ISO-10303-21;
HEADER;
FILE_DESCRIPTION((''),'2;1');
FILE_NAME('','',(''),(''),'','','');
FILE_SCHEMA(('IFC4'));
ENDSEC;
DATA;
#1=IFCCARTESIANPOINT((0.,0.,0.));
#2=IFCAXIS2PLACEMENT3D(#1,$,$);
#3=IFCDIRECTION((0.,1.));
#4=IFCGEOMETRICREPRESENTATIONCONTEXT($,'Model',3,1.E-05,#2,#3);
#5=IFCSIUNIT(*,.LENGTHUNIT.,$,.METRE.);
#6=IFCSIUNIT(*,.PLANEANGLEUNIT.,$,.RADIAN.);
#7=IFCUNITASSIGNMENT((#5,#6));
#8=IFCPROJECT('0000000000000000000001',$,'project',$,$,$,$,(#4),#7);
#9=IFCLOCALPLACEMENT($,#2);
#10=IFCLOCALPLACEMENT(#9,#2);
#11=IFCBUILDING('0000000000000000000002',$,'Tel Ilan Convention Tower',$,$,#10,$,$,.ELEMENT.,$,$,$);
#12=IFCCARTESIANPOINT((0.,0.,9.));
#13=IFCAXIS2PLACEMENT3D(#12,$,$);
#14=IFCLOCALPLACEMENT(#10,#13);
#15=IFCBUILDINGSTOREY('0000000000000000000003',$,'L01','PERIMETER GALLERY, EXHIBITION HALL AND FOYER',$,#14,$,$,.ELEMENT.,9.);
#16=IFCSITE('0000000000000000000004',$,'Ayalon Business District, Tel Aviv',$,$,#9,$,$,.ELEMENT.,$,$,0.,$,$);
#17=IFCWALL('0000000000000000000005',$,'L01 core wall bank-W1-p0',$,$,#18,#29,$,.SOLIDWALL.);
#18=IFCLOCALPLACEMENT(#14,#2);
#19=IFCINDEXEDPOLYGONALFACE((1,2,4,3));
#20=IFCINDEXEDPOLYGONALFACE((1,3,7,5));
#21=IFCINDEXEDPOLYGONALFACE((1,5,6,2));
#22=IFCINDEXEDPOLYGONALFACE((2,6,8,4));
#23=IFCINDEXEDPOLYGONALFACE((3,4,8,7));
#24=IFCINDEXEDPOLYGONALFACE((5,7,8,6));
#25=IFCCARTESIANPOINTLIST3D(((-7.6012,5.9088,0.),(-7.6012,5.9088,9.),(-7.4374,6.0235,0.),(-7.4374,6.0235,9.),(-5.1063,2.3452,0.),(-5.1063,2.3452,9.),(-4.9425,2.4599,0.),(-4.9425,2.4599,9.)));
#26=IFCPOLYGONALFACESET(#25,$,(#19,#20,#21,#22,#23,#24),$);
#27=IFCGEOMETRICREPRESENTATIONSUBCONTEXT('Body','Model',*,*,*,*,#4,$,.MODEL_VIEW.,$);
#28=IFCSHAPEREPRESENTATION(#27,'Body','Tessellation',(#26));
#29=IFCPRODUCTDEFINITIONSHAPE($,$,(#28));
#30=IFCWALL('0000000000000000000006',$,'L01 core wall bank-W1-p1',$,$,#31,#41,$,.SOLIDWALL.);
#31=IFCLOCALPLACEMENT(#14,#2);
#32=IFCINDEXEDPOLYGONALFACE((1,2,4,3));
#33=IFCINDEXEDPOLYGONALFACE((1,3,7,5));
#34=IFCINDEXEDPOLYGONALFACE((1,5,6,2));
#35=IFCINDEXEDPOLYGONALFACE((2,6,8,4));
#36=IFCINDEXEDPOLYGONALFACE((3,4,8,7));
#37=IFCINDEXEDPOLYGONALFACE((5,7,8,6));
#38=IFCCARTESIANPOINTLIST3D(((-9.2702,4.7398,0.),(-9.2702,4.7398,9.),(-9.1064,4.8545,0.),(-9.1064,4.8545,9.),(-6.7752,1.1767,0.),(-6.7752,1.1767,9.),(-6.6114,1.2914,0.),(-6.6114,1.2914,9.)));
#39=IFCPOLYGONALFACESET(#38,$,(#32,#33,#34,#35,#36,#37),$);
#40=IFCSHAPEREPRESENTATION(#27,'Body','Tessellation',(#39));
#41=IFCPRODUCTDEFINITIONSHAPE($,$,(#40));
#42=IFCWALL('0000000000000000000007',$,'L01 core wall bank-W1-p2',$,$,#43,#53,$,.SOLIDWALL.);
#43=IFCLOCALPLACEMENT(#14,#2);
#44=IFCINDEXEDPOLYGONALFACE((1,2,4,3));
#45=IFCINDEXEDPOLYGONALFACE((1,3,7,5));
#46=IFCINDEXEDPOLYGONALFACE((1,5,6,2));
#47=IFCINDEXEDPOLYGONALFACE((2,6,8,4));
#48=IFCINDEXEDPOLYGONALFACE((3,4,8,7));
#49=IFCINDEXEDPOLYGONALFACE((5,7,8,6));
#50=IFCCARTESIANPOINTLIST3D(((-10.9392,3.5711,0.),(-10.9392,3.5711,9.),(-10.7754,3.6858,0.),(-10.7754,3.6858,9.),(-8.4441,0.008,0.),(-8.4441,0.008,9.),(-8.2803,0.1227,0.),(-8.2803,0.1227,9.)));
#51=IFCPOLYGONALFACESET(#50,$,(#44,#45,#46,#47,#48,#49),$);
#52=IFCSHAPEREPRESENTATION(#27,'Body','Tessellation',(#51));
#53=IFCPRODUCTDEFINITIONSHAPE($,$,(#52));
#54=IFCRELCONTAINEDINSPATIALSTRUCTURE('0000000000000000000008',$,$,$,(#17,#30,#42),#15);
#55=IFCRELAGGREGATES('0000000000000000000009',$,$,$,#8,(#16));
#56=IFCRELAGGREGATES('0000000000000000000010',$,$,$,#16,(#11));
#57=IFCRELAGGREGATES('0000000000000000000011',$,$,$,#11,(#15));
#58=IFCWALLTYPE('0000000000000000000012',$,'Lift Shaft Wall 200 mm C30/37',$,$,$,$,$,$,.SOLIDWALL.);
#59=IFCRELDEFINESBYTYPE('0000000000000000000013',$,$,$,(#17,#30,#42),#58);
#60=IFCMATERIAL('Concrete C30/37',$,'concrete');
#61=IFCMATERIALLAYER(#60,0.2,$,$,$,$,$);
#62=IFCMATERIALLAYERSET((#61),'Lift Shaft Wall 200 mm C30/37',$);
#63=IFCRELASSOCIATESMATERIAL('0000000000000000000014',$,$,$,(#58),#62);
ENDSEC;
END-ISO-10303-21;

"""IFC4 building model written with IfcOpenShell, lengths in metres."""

from ifc_helpers import new_model, si_unit, direction, frame, frame_2d, origin, place, context, subcontext, project, spatial, rectangle, extrude, material, layer, layer_set, type_object, element, save


model = new_model("IFC4")

# Units and contexts
model_context = context("Model", 3, precision=1e-05, world=origin(), true_north=direction((0.0, 1.0)))
body_context = subcontext(model_context, "Body", "Model", "MODEL_VIEW")
ifc_project = project(units=[si_unit("LENGTHUNIT", "METRE"), si_unit("PLANEANGLEUNIT", "RADIAN")], contexts=[model_context])

# Site, building, storey
site_placement = place(None, origin())
site = spatial("IfcSite", under=ifc_project, at=site_placement, Name="Ayalon Business District, Tel Aviv", CompositionType="ELEMENT", RefElevation=0.0)
building_placement = place(site_placement, origin())
building = spatial("IfcBuilding", under=site, at=building_placement, Name="Tel Ilan Convention Tower", CompositionType="ELEMENT")
storey_placement = place(building_placement, frame((0.0, 0.0, 9.0)))
storey = spatial("IfcBuildingStorey", under=building, at=storey_placement, Name="L01", Description="PERIMETER GALLERY, EXHIBITION HALL AND FOYER", CompositionType="ELEMENT", Elevation=9.0)

# Walls
ifc_material_1 = material(Name="Concrete C30/37", Category="concrete")
ifc_layer_1 = layer(ifc_material_1, 0.2)
ifc_layer_set_1 = layer_set([ifc_layer_1], Name="Lift Shaft Wall 200 mm C30/37")
wall_type_1 = type_object("IfcWallType", Name="Lift Shaft Wall 200 mm C30/37", PredefinedType="SOLIDWALL", material=ifc_layer_set_1)
wall_1_placement = place(storey_placement, frame((-5.0244, 2.4026, 0.0), z_axis=(0.0, 0.0, 1.0), x_axis=(-0.57353, 0.819184, 0.0)))
element("IfcWall", 1, at=wall_1_placement, inside=storey, type_object=wall_type_1, Name="L01 core wall bank-W1-p0", PredefinedType="SOLIDWALL", context=body_context, shape_type="SweptSolid", body=[
    extrude(rectangle(XDim=4.3501, YDim=0.2, at=frame_2d((2.175, 0.0))), origin(), (0.0, 0.0, 1.0), 9.0),
])
for number, where, z_axis, x_axis, name in (
    (2, (-6.6934, 1.2341, 0.0), (0.0, 0.0, 1.0), (-0.573594, 0.81914, 0.0), "L01 core wall bank-W1-p1"),
    (3, (-8.3623, 0.0654, 0.0), (0.0, 0.0, 1.0), (-0.573594, 0.81914, 0.0), "L01 core wall bank-W1-p2"),
):
    element("IfcWall", number, at=place(storey_placement, frame(where, z_axis=z_axis, x_axis=x_axis)), inside=storey, type_object=wall_type_1, Name=name, PredefinedType="SOLIDWALL", context=body_context, shape_type="SweptSolid", body=[
        extrude(rectangle(XDim=4.3499, YDim=0.2, at=frame_2d((2.1748, 0.0))), origin(), (0.0, 0.0, 1.0), 9.0),
    ])

save(model, "model.ifc")
